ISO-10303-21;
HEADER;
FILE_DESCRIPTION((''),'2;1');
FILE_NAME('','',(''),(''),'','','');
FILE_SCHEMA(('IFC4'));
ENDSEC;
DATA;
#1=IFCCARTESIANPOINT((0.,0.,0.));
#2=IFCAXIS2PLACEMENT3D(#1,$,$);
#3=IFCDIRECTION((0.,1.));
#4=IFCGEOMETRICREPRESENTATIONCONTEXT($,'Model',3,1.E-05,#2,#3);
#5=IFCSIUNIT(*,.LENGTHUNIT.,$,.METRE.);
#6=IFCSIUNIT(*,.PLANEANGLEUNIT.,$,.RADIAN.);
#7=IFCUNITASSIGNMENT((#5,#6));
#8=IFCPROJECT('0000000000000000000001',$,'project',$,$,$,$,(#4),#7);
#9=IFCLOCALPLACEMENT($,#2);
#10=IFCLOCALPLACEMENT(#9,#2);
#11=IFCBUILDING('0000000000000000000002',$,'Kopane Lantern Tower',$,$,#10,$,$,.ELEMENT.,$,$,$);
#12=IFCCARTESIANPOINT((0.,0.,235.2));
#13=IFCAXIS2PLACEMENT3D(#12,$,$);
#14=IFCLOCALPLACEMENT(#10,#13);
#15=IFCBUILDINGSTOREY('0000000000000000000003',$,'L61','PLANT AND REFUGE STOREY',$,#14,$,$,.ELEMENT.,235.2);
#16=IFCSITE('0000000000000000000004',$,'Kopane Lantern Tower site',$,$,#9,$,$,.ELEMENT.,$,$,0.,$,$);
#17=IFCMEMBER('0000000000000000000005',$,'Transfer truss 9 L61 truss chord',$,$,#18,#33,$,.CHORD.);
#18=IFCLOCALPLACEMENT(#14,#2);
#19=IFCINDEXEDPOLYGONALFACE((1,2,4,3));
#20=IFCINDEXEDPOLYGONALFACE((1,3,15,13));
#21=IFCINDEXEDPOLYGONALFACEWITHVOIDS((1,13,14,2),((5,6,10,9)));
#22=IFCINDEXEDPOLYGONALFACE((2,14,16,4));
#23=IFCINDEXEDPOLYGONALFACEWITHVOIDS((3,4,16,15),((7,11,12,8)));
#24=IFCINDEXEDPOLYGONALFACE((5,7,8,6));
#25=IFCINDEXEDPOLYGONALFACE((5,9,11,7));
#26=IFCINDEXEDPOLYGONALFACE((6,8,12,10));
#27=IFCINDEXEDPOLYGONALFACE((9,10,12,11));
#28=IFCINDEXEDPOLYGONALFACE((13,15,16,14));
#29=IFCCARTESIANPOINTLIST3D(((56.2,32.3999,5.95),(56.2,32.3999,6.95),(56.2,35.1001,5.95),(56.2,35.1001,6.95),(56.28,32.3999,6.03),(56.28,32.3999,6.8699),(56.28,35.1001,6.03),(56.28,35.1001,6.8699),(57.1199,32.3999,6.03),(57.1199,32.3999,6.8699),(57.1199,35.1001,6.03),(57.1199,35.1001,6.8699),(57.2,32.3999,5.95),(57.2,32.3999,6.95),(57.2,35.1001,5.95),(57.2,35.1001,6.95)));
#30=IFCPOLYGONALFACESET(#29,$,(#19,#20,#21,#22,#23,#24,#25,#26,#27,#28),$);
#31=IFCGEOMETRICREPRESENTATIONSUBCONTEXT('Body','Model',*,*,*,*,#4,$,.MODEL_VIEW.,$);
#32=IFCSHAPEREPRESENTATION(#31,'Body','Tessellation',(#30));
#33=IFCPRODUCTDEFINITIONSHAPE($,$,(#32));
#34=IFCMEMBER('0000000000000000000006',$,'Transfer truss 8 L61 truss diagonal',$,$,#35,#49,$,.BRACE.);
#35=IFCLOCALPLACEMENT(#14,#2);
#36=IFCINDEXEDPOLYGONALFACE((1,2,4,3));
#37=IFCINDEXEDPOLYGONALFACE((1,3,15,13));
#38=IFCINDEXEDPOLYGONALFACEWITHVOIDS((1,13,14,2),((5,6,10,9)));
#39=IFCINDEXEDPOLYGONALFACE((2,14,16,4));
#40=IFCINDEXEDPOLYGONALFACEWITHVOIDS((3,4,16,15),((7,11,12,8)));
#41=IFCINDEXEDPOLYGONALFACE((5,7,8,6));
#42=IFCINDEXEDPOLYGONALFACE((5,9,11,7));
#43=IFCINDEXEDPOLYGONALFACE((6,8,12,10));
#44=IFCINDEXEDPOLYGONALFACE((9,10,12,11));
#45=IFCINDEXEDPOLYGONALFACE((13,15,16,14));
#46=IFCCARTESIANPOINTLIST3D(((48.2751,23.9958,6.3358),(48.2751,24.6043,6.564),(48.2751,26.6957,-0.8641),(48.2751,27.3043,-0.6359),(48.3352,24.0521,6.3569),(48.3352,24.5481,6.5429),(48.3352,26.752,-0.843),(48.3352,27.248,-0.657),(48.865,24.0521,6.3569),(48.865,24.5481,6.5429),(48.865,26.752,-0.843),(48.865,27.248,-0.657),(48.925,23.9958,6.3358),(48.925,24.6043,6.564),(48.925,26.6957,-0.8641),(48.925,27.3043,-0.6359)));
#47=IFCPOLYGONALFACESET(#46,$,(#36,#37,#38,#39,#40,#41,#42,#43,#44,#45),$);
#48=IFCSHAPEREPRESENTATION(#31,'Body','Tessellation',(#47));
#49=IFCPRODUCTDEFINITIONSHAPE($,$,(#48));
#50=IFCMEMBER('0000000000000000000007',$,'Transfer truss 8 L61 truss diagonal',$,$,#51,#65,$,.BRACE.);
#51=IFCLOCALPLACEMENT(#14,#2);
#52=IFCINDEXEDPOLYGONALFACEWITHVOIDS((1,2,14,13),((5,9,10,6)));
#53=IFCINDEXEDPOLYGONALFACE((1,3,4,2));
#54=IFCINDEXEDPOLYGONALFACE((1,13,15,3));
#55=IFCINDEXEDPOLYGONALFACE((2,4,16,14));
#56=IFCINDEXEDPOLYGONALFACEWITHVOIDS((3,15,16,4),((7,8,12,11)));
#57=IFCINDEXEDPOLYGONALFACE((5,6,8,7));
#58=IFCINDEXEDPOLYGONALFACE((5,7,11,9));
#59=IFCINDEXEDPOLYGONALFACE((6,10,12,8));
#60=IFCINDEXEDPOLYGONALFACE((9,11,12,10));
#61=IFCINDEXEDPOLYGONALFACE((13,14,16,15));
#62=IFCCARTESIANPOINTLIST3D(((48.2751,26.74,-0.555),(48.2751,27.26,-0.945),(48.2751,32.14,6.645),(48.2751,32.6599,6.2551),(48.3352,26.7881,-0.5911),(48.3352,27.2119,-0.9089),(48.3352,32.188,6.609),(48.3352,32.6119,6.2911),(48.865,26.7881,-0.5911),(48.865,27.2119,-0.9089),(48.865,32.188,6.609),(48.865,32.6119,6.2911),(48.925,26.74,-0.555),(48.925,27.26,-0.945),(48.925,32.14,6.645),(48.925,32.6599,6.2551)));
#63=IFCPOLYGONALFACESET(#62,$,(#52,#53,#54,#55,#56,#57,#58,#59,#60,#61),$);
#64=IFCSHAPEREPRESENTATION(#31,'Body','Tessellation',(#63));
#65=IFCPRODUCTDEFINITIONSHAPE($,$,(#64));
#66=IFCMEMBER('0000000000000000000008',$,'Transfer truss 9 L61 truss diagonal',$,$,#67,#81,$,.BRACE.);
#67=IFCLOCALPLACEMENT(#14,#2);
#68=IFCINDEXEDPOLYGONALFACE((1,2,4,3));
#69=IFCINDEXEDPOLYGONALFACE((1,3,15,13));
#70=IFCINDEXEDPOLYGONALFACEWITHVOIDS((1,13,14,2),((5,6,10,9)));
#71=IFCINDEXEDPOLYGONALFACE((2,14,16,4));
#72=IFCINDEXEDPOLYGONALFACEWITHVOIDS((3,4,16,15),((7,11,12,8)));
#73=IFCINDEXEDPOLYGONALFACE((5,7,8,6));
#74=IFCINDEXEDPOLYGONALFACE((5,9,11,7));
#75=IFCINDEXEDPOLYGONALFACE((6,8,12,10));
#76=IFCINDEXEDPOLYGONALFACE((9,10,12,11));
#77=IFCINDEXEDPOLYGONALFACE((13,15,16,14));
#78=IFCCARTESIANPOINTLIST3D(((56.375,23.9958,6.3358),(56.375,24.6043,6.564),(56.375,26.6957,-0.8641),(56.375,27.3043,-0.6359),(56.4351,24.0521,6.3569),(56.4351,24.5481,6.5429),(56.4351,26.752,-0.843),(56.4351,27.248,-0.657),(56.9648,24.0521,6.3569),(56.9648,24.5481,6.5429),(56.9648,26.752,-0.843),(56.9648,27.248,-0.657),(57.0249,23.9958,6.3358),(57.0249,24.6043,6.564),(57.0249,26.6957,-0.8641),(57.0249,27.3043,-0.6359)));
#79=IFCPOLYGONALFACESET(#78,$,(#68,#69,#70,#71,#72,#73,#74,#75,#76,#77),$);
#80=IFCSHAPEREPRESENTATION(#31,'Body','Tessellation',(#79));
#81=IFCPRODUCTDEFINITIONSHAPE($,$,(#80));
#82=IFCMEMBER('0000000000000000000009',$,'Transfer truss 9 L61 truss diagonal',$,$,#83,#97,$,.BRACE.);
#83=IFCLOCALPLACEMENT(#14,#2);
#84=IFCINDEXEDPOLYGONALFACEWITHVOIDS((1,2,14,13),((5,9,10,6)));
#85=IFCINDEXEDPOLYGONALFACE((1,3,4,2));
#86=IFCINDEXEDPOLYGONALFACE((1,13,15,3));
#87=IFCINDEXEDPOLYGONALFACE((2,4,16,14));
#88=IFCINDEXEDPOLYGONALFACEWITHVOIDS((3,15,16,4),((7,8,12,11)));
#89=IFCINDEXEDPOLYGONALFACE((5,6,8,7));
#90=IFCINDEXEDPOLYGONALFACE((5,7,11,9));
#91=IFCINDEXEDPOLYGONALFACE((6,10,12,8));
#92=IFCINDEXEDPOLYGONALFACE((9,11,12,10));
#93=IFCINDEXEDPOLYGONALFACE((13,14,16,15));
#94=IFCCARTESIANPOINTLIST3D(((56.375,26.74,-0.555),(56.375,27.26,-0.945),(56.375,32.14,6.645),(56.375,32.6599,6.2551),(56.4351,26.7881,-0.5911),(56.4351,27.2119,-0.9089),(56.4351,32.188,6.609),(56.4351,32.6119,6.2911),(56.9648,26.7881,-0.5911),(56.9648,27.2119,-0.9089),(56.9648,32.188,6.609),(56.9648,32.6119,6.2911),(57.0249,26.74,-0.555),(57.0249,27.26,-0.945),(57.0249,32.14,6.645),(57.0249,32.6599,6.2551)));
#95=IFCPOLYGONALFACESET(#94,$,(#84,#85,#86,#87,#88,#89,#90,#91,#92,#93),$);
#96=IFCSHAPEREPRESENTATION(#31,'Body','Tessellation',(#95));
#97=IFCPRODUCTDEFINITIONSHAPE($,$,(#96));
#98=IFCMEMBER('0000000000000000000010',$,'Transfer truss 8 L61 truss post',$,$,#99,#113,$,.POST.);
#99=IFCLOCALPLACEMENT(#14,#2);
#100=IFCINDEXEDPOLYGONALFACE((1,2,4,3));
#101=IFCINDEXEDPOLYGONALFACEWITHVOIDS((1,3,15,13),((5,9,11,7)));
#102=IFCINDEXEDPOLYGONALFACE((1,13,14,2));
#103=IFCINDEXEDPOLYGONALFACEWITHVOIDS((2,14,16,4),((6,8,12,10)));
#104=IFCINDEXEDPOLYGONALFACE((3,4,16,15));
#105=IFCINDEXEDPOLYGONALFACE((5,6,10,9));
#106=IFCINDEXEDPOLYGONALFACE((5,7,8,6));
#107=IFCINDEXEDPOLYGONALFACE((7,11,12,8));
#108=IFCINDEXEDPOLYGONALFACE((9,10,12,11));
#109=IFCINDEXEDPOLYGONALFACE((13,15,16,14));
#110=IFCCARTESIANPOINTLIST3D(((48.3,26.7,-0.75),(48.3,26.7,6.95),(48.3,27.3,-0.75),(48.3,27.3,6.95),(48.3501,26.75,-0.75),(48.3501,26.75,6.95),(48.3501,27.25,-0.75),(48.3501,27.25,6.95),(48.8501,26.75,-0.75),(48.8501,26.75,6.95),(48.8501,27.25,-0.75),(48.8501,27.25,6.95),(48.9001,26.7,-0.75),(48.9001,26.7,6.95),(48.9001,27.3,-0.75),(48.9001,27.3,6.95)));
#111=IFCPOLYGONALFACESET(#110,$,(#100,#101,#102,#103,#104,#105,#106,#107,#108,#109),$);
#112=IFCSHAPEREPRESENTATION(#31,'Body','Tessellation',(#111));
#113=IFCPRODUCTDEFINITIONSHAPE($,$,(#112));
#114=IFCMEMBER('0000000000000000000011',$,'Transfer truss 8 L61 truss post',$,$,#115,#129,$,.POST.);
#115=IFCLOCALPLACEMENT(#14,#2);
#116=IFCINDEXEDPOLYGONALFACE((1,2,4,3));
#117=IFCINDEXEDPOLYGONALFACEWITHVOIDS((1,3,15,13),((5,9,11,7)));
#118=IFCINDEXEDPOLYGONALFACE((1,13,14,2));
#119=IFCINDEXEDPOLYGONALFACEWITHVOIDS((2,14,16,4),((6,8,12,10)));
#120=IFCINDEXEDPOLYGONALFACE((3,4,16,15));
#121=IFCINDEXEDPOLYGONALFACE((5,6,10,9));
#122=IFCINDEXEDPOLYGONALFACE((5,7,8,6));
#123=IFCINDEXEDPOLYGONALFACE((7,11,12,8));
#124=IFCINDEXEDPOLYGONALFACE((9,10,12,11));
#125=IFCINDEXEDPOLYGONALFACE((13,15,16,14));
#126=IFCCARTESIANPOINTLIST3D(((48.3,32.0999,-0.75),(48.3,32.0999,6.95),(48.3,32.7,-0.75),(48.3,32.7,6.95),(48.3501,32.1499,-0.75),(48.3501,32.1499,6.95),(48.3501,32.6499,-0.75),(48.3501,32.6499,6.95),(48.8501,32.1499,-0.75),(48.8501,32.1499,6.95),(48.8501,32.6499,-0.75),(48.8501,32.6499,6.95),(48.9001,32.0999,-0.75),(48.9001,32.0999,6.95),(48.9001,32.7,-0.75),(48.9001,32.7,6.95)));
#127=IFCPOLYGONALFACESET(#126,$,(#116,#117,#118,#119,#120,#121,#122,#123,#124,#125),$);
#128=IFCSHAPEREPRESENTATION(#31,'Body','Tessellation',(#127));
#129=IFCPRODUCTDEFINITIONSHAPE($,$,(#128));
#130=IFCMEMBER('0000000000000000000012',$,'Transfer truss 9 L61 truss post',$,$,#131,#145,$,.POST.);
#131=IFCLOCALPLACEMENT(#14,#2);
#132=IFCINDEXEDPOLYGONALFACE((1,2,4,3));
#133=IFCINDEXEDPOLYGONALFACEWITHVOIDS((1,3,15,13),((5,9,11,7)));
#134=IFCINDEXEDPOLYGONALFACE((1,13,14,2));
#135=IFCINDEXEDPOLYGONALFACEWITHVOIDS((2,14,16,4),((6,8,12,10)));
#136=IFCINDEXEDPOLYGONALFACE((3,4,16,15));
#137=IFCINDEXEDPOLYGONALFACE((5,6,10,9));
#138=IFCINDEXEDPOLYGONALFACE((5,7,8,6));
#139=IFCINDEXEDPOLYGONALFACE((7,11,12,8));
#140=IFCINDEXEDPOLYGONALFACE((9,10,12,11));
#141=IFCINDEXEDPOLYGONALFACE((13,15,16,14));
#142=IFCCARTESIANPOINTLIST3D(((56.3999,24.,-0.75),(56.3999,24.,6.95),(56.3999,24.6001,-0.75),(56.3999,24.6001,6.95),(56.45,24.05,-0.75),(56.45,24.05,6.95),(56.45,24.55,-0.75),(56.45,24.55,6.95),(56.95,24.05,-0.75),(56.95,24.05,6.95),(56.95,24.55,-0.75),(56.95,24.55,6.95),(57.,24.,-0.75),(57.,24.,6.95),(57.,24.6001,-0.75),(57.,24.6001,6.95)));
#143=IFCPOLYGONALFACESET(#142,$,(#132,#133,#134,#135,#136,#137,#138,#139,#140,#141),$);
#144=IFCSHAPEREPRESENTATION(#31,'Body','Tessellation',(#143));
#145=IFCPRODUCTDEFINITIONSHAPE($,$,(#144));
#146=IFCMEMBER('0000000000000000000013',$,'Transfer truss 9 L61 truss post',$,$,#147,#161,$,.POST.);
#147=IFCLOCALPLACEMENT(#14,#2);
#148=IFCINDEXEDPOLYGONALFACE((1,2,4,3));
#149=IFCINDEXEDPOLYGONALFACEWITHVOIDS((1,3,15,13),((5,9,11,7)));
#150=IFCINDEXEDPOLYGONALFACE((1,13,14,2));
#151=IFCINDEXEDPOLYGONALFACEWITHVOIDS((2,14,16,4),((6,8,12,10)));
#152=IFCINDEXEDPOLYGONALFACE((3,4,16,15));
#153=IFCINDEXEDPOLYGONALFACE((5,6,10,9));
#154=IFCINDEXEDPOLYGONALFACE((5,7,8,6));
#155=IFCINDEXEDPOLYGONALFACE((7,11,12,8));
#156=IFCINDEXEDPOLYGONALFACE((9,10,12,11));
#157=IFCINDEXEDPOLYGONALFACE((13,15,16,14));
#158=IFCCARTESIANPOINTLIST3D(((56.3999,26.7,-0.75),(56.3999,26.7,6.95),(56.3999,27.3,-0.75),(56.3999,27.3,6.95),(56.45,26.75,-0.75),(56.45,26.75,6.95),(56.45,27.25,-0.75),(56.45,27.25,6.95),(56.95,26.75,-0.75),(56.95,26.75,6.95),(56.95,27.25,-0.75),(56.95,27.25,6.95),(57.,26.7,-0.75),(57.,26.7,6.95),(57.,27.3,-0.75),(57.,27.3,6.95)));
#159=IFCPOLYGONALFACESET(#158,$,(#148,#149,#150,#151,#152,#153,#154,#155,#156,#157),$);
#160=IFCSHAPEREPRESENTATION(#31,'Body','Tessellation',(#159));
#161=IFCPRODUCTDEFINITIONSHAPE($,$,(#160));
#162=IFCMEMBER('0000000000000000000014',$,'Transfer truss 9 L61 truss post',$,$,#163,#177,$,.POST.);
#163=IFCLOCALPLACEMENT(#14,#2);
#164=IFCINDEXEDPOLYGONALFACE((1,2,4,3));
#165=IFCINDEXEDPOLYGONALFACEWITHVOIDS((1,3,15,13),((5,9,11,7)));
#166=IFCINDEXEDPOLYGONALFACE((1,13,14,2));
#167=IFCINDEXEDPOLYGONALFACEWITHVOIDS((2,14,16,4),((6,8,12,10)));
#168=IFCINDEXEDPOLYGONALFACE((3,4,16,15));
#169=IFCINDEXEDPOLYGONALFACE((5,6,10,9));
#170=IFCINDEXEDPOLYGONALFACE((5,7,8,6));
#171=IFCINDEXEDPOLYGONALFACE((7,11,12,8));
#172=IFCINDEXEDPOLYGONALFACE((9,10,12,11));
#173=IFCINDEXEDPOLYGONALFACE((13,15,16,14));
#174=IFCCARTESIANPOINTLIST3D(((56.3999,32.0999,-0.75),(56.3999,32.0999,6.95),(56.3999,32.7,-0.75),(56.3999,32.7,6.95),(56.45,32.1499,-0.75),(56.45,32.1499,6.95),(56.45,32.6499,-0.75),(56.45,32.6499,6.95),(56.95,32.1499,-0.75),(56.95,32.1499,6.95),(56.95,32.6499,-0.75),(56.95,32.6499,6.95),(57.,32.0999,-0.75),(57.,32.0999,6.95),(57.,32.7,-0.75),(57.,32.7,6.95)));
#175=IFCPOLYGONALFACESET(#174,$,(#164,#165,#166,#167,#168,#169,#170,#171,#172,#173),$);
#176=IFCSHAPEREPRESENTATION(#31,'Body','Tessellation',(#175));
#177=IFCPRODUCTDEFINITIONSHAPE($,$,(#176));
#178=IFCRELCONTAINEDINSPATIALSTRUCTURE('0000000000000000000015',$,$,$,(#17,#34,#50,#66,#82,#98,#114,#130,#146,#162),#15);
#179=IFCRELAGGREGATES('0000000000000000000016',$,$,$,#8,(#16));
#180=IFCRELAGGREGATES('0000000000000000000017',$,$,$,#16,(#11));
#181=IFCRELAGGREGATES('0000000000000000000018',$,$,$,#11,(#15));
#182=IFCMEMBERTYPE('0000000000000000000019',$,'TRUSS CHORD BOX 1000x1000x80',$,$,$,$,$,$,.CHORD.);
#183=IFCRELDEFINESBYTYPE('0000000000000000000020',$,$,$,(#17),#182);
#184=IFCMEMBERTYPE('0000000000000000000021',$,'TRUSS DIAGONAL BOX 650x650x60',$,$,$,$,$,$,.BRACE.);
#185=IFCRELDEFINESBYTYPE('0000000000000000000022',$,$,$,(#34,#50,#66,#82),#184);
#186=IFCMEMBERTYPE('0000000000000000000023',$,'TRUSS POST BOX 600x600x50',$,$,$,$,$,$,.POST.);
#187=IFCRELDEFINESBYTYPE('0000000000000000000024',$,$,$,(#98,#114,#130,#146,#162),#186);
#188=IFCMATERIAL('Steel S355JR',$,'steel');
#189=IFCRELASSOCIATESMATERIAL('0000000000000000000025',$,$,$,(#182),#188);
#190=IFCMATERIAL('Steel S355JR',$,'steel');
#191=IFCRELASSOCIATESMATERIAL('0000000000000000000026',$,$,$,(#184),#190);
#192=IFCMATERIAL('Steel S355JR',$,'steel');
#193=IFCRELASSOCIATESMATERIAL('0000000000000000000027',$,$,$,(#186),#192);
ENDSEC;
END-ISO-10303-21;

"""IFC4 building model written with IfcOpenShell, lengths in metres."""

from ifc_helpers import new_model, si_unit, direction, frame, origin, origin_2d, place, context, subcontext, project, spatial, hollow_rectangle, extrude, material, material_profile, profile_set, type_object, element, save


model = new_model("IFC4")

# Units and contexts
model_context = context("Model", 3, precision=1e-05, world=origin(), true_north=direction((0.0, 1.0)))
body_context = subcontext(model_context, "Body", "Model", "MODEL_VIEW")
ifc_project = project(units=[si_unit("LENGTHUNIT", "METRE"), si_unit("PLANEANGLEUNIT", "RADIAN")], contexts=[model_context])

# Site, building, storey
site_placement = place(None, origin())
site = spatial("IfcSite", under=ifc_project, at=site_placement, Name="Kopane Lantern Tower site", CompositionType="ELEMENT", RefElevation=0.0)
building_placement = place(site_placement, origin())
building = spatial("IfcBuilding", under=site, at=building_placement, Name="Kopane Lantern Tower", CompositionType="ELEMENT")
storey_placement = place(building_placement, frame((0.0, 0.0, 235.2)))
storey = spatial("IfcBuildingStorey", under=building, at=storey_placement, Name="L61", Description="PLANT AND REFUGE STOREY", CompositionType="ELEMENT", Elevation=235.2)

# Members
ifc_material_1 = material(Name="Steel S355JR", Category="steel")
ifc_material_profile_1 = material_profile(ifc_material_1, hollow_rectangle(XDim=1.0, YDim=1.0, WallThickness=0.0801, at=origin_2d()), Name="BOX 1000x1000x80")
ifc_profile_set_1 = profile_set([ifc_material_profile_1], Name="Steel S355JR")
member_type_1 = type_object("IfcMemberType", Name="TRUSS CHORD BOX 1000x1000x80", PredefinedType="CHORD", material=ifc_profile_set_1)
member_1_placement = place(storey_placement, frame((56.7, 32.3999, 6.45), z_axis=(0.0, 1.0, 0.0), x_axis=(-1.0, 0.0, 0.0)))
element("IfcMember", 1, at=member_1_placement, inside=storey, type_object=member_type_1, Name="Transfer truss 9 L61 truss chord", PredefinedType="CHORD", context=body_context, shape_type="SweptSolid", body=[
    extrude(hollow_rectangle(XDim=1.0, YDim=1.0, WallThickness=0.0801, at=origin_2d()), origin(), (0.0, 0.0, 1.0), 2.7002),
])
ifc_material_2 = material(Name="Steel S355JR", Category="steel")
ifc_material_profile_2 = material_profile(ifc_material_2, hollow_rectangle(XDim=0.6499, YDim=0.6499, WallThickness=0.0601, at=origin_2d()), Name="BOX 650x650x60")
ifc_profile_set_2 = profile_set([ifc_material_profile_2], Name="Steel S355JR")
member_type_2 = type_object("IfcMemberType", Name="TRUSS DIAGONAL BOX 650x650x60", PredefinedType="BRACE", material=ifc_profile_set_2)
member_2_placement = place(storey_placement, frame((48.6001, 27.0, -0.75), z_axis=(0.0, -0.35112, 0.93633), x_axis=(1.0, 0.0, 0.0)))
element("IfcMember", 2, at=member_2_placement, inside=storey, type_object=member_type_2, Name="Transfer truss 8 L61 truss diagonal", PredefinedType="BRACE", context=body_context, shape_type="SweptSolid", body=[
    extrude(hollow_rectangle(XDim=0.6499, YDim=0.6499, WallThickness=0.0601, at=origin_2d()), origin(), (0.0, 0.0, 1.0), 7.6895),
])
member_3_placement = place(storey_placement, frame((48.6001, 27.0, -0.75), z_axis=(0.0, 0.599996, 0.800003), x_axis=(-1.0, 0.0, 0.0)))
element("IfcMember", 3, at=member_3_placement, inside=storey, type_object=member_type_2, Name="Transfer truss 8 L61 truss diagonal", PredefinedType="BRACE", context=body_context, shape_type="SweptSolid", body=[
    extrude(hollow_rectangle(XDim=0.6499, YDim=0.6499, WallThickness=0.0601, at=origin_2d()), origin(), (0.0, 0.0, 1.0), 9.0),
])
member_4_placement = place(storey_placement, frame((56.7, 27.0, -0.75), z_axis=(0.0, -0.35112, 0.93633), x_axis=(1.0, 0.0, 0.0)))
element("IfcMember", 4, at=member_4_placement, inside=storey, type_object=member_type_2, Name="Transfer truss 9 L61 truss diagonal", PredefinedType="BRACE", context=body_context, shape_type="SweptSolid", body=[
    extrude(hollow_rectangle(XDim=0.6499, YDim=0.6499, WallThickness=0.0601, at=origin_2d()), origin(), (0.0, 0.0, 1.0), 7.6895),
])
member_5_placement = place(storey_placement, frame((56.7, 27.0, -0.75), z_axis=(0.0, 0.599996, 0.800003), x_axis=(-1.0, 0.0, 0.0)))
element("IfcMember", 5, at=member_5_placement, inside=storey, type_object=member_type_2, Name="Transfer truss 9 L61 truss diagonal", PredefinedType="BRACE", context=body_context, shape_type="SweptSolid", body=[
    extrude(hollow_rectangle(XDim=0.6499, YDim=0.6499, WallThickness=0.0601, at=origin_2d()), origin(), (0.0, 0.0, 1.0), 9.0),
])
ifc_material_3 = material(Name="Steel S355JR", Category="steel")
ifc_material_profile_3 = material_profile(ifc_material_3, hollow_rectangle(XDim=0.6001, YDim=0.6001, WallThickness=0.05, at=origin_2d()), Name="BOX 600x600x50")
ifc_profile_set_3 = profile_set([ifc_material_profile_3], Name="Steel S355JR")
member_type_3 = type_object("IfcMemberType", Name="TRUSS POST BOX 600x600x50", PredefinedType="POST", material=ifc_profile_set_3)
for number, where, z_axis, x_axis, name in (
    (6, (48.6001, 27.0, -0.75), (0.0, 0.0, 1.0), (1.0, 0.0, 0.0), "Transfer truss 8 L61 truss post"),
    (7, (48.6001, 32.3999, -0.75), (0.0, 0.0, 1.0), (1.0, 0.0, 0.0), "Transfer truss 8 L61 truss post"),
    (8, (56.7, 24.3, -0.75), (0.0, 0.0, 1.0), (1.0, 0.0, 0.0), "Transfer truss 9 L61 truss post"),
    (9, (56.7, 27.0, -0.75), (0.0, 0.0, 1.0), (1.0, 0.0, 0.0), "Transfer truss 9 L61 truss post"),
    (10, (56.7, 32.3999, -0.75), (0.0, 0.0, 1.0), (1.0, 0.0, 0.0), "Transfer truss 9 L61 truss post"),
):
    element("IfcMember", number, at=place(storey_placement, frame(where, z_axis=z_axis, x_axis=x_axis)), inside=storey, type_object=member_type_3, Name=name, PredefinedType="POST", context=body_context, shape_type="SweptSolid", body=[
        extrude(hollow_rectangle(XDim=0.6001, YDim=0.6001, WallThickness=0.05, at=origin_2d()), origin(), (0.0, 0.0, 1.0), 7.7),
    ])

save(model, "model.ifc")
